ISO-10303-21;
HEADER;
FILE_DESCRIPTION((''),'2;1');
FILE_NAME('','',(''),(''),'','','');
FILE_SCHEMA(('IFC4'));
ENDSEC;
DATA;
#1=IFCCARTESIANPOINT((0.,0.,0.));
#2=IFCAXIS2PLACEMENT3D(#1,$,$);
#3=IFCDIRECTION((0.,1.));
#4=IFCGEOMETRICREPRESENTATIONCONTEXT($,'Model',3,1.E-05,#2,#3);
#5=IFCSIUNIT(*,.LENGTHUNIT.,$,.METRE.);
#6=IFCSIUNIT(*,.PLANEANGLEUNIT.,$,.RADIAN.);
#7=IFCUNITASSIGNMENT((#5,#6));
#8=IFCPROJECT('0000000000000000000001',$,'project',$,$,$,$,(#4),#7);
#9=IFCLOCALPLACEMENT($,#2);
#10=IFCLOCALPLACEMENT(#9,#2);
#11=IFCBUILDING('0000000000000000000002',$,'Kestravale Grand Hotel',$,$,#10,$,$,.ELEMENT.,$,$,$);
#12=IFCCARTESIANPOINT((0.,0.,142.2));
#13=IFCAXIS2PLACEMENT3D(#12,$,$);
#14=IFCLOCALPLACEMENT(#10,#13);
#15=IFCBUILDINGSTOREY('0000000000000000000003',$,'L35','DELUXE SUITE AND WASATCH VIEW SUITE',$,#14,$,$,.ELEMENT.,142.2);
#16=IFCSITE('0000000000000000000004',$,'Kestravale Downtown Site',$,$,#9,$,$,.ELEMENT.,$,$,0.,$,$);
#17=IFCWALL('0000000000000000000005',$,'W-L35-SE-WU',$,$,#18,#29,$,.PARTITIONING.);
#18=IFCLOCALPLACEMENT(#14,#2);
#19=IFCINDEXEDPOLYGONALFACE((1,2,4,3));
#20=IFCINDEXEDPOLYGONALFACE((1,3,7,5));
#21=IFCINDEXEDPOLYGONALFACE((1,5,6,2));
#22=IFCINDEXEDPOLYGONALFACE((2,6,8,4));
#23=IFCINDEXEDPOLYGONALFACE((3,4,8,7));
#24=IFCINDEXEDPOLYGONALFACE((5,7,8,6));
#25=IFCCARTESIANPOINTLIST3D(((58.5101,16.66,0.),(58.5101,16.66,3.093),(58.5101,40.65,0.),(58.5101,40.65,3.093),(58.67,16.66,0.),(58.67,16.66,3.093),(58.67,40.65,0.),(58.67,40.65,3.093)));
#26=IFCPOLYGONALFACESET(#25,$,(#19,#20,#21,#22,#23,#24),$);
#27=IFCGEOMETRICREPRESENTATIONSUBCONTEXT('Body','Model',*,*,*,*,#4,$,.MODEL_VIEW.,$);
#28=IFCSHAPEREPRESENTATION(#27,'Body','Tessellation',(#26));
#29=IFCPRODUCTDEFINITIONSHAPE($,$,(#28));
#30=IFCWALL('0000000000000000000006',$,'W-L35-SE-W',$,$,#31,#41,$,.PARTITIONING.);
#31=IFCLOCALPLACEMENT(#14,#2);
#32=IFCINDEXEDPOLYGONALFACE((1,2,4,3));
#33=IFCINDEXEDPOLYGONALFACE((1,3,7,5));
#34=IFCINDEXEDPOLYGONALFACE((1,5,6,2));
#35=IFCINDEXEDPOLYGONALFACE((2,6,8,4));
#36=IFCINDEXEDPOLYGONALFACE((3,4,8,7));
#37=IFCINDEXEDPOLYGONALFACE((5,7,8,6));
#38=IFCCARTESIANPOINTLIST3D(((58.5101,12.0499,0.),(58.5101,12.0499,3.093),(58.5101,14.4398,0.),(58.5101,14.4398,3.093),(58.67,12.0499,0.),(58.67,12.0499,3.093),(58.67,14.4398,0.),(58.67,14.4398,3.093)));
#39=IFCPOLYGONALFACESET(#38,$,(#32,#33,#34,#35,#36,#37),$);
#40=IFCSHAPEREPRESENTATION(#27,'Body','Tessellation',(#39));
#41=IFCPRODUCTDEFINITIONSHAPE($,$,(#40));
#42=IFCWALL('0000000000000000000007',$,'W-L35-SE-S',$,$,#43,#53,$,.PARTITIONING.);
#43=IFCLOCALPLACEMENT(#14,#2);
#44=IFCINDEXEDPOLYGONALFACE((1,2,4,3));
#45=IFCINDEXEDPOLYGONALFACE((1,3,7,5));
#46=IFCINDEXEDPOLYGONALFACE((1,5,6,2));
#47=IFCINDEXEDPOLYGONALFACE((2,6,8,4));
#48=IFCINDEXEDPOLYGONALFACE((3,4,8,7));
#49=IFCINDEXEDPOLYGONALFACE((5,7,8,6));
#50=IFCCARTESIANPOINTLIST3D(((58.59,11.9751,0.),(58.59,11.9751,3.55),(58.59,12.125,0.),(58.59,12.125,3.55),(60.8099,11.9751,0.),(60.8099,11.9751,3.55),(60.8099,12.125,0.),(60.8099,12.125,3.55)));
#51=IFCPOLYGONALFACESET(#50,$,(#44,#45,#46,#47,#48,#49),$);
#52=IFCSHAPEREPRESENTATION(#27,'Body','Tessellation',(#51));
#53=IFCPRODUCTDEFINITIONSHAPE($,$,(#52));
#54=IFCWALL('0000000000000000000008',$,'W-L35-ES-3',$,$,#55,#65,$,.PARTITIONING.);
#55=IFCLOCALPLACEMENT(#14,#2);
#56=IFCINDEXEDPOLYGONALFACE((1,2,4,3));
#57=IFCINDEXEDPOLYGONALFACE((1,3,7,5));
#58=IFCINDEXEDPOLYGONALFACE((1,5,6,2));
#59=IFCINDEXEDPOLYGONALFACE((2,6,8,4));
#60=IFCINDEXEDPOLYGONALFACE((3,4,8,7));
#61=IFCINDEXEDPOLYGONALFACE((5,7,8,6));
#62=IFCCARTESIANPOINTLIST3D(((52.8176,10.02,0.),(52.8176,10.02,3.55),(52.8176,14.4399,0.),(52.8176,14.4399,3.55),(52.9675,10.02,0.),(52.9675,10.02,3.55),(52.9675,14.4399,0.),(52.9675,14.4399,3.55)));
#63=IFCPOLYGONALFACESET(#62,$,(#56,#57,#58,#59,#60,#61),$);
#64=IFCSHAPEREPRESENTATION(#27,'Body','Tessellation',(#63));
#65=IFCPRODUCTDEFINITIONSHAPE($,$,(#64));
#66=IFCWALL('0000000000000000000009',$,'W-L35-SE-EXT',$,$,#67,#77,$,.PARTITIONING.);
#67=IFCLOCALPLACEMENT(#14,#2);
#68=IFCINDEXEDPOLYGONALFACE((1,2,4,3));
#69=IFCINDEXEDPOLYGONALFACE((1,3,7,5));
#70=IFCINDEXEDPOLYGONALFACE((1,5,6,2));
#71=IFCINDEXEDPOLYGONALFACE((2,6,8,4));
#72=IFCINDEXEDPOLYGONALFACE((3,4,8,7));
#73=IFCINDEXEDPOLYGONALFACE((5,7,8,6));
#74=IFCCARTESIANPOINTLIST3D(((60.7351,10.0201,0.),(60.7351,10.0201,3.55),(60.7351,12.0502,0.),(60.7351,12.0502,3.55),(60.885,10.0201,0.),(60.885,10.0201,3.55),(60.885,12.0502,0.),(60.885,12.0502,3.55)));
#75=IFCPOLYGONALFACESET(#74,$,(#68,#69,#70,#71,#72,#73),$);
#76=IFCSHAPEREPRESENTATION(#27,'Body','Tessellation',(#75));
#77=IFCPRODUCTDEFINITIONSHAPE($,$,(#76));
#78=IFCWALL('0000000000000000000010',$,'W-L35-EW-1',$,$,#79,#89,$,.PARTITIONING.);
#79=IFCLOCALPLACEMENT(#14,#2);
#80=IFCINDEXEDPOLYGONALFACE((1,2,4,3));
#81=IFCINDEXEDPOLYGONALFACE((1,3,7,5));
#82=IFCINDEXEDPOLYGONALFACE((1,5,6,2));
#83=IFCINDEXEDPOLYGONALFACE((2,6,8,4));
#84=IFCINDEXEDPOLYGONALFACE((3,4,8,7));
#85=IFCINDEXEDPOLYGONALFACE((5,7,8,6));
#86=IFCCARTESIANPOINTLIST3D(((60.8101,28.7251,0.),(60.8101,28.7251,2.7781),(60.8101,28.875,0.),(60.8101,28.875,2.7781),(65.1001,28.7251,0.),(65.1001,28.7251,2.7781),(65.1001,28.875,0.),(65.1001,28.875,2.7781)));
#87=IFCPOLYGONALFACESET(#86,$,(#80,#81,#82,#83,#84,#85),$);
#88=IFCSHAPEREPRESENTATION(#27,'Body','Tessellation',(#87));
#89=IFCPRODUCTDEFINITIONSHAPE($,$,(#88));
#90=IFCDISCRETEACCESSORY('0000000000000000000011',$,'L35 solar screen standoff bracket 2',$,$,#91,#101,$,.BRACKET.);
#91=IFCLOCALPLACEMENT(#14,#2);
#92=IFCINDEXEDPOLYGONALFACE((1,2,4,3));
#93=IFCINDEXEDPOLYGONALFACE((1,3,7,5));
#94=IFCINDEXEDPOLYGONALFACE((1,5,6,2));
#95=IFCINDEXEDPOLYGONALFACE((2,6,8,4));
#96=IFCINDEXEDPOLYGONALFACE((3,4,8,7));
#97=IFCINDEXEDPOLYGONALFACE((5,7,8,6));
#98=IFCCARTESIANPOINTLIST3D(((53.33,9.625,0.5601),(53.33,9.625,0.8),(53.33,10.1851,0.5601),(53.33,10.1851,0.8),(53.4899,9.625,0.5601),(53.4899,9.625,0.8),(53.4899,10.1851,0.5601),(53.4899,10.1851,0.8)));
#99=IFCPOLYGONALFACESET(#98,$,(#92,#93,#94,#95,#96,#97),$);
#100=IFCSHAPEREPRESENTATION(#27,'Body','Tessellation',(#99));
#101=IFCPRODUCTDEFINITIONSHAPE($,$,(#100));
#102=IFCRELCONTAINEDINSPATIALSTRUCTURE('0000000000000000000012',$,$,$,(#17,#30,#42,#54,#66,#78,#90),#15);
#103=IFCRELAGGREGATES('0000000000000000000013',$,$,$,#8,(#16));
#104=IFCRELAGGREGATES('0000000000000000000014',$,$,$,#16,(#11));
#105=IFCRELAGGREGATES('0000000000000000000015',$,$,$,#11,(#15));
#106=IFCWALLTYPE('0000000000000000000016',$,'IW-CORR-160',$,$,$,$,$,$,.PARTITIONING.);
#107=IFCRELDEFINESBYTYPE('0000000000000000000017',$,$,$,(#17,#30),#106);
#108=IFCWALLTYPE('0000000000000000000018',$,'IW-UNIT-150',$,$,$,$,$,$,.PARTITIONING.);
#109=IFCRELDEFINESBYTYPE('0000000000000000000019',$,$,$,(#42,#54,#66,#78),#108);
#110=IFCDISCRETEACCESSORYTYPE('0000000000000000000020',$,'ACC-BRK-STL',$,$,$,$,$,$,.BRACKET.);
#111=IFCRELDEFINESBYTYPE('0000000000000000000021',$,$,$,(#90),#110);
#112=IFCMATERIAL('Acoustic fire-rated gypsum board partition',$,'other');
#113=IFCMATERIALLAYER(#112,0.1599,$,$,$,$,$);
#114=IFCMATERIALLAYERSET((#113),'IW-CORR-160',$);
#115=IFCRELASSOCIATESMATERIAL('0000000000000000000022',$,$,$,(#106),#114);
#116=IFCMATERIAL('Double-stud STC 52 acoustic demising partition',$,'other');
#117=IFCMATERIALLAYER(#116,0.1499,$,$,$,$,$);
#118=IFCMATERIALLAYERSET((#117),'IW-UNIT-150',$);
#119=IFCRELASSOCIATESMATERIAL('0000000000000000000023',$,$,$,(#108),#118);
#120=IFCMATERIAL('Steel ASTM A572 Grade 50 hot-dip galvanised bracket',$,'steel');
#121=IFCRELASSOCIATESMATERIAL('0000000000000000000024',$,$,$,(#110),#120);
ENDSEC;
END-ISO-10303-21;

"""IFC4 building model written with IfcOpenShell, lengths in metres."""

from ifc_helpers import new_model, si_unit, direction, frame, frame_2d, origin, origin_2d, place, context, subcontext, project, spatial, rectangle, extrude, material, layer, layer_set, type_object, element, save


model = new_model("IFC4")

# Units and contexts
model_context = context("Model", 3, precision=1e-05, world=origin(), true_north=direction((0.0, 1.0)))
body_context = subcontext(model_context, "Body", "Model", "MODEL_VIEW")
ifc_project = project(units=[si_unit("LENGTHUNIT", "METRE"), si_unit("PLANEANGLEUNIT", "RADIAN")], contexts=[model_context])

# Site, building, storey
site_placement = place(None, origin())
site = spatial("IfcSite", under=ifc_project, at=site_placement, Name="Kestravale Downtown Site", CompositionType="ELEMENT", RefElevation=0.0)
building_placement = place(site_placement, origin())
building = spatial("IfcBuilding", under=site, at=building_placement, Name="Kestravale Grand Hotel", CompositionType="ELEMENT")
storey_placement = place(building_placement, frame((0.0, 0.0, 142.2)))
storey = spatial("IfcBuildingStorey", under=building, at=storey_placement, Name="L35", Description="DELUXE SUITE AND WASATCH VIEW SUITE", CompositionType="ELEMENT", Elevation=142.2)

# Shared definitions
ifc_material_1 = material(Name="Acoustic fire-rated gypsum board partition", Category="other")
ifc_layer_1 = layer(ifc_material_1, 0.1599)
ifc_layer_set_1 = layer_set([ifc_layer_1], Name="IW-CORR-160")
wall_type_1 = type_object("IfcWallType", Name="IW-CORR-160", PredefinedType="PARTITIONING", material=ifc_layer_set_1)

# Walls
wall_1_placement = place(storey_placement, frame((58.5901, 16.6599, 0.0), z_axis=(0.0, 0.0, 1.0), x_axis=(0.0, 1.0, 0.0)))
element("IfcWall", 1, at=wall_1_placement, inside=storey, type_object=wall_type_1, Name="W-L35-SE-WU", PredefinedType="PARTITIONING", context=body_context, shape_type="SweptSolid", body=[
    extrude(rectangle(XDim=23.99, YDim=0.1599, at=frame_2d((11.9951, 0.0))), origin(), (0.0, 0.0, 1.0), 3.093),
])
wall_2_placement = place(storey_placement, frame((58.5901, 12.05, 0.0), z_axis=(0.0, 0.0, 1.0), x_axis=(0.0, 1.0, 0.0)))
element("IfcWall", 2, at=wall_2_placement, inside=storey, type_object=wall_type_1, Name="W-L35-SE-W", PredefinedType="PARTITIONING", context=body_context, shape_type="SweptSolid", body=[
    extrude(rectangle(XDim=2.3899, YDim=0.1599, at=frame_2d((1.1948, 0.0))), origin(), (0.0, 0.0, 1.0), 3.093),
])
ifc_material_2 = material(Name="Double-stud STC 52 acoustic demising partition", Category="other")
ifc_layer_2 = layer(ifc_material_2, 0.1499)
ifc_layer_set_2 = layer_set([ifc_layer_2], Name="IW-UNIT-150")
wall_type_2 = type_object("IfcWallType", Name="IW-UNIT-150", PredefinedType="PARTITIONING", material=ifc_layer_set_2)
wall_3_placement = place(storey_placement, frame((58.5901, 12.05, 0.0), z_axis=(0.0, 0.0, 1.0), x_axis=(1.0, 0.0, 0.0)))
element("IfcWall", 3, at=wall_3_placement, inside=storey, type_object=wall_type_2, Name="W-L35-SE-S", PredefinedType="PARTITIONING", context=body_context, shape_type="SweptSolid", body=[
    extrude(rectangle(XDim=2.22, YDim=0.1499, at=frame_2d((1.1099, 0.0))), origin(), (0.0, 0.0, 1.0), 3.55),
])
wall_4_placement = place(storey_placement, frame((52.8926, 10.02, 0.0), z_axis=(0.0, 0.0, 1.0), x_axis=(0.0, 1.0, 0.0)))
element("IfcWall", 4, at=wall_4_placement, inside=storey, type_object=wall_type_2, Name="W-L35-ES-3", PredefinedType="PARTITIONING", context=body_context, shape_type="SweptSolid", body=[
    extrude(rectangle(XDim=4.4199, YDim=0.1499, at=frame_2d((2.21, 0.0))), origin(), (0.0, 0.0, 1.0), 3.55),
])
wall_5_placement = place(storey_placement, frame((60.8101, 10.02, 0.0), z_axis=(0.0, 0.0, 1.0), x_axis=(0.0, 1.0, 0.0)))
element("IfcWall", 5, at=wall_5_placement, inside=storey, type_object=wall_type_2, Name="W-L35-SE-EXT", PredefinedType="PARTITIONING", context=body_context, shape_type="SweptSolid", body=[
    extrude(rectangle(XDim=2.03, YDim=0.1499, at=frame_2d((1.0151, 0.0))), origin(), (0.0, 0.0, 1.0), 3.55),
])
wall_6_placement = place(storey_placement, frame((60.8101, 28.8, 0.0), z_axis=(0.0, 0.0, 1.0), x_axis=(1.0, 0.0, 0.0)))
element("IfcWall", 6, at=wall_6_placement, inside=storey, type_object=wall_type_2, Name="W-L35-EW-1", PredefinedType="PARTITIONING", context=body_context, shape_type="SweptSolid", body=[
    extrude(rectangle(XDim=4.29, YDim=0.1499, at=frame_2d((2.145, 0.0))), origin(), (0.0, 0.0, 1.0), 2.7781),
])

# Discrete accessory
ifc_material_3 = material(Name="Steel ASTM A572 Grade 50 hot-dip galvanised bracket", Category="steel")
discrete_accessory_type = type_object("IfcDiscreteAccessoryType", Name="ACC-BRK-STL", PredefinedType="BRACKET", material=ifc_material_3)
discrete_accessory_placement = place(storey_placement, frame((53.4099, 9.905, 0.5601), z_axis=(0.0, 0.0, 1.0), x_axis=(1.0, 0.0, 0.0)))
element("IfcDiscreteAccessory", 7, at=discrete_accessory_placement, inside=storey, type_object=discrete_accessory_type, Name="L35 solar screen standoff bracket 2", PredefinedType="BRACKET", context=body_context, shape_type="SweptSolid", body=[
    extrude(rectangle(XDim=0.1599, YDim=0.5601, at=origin_2d()), origin(), (0.0, 0.0, 1.0), 0.24),
])

save(model, "model.ifc")
